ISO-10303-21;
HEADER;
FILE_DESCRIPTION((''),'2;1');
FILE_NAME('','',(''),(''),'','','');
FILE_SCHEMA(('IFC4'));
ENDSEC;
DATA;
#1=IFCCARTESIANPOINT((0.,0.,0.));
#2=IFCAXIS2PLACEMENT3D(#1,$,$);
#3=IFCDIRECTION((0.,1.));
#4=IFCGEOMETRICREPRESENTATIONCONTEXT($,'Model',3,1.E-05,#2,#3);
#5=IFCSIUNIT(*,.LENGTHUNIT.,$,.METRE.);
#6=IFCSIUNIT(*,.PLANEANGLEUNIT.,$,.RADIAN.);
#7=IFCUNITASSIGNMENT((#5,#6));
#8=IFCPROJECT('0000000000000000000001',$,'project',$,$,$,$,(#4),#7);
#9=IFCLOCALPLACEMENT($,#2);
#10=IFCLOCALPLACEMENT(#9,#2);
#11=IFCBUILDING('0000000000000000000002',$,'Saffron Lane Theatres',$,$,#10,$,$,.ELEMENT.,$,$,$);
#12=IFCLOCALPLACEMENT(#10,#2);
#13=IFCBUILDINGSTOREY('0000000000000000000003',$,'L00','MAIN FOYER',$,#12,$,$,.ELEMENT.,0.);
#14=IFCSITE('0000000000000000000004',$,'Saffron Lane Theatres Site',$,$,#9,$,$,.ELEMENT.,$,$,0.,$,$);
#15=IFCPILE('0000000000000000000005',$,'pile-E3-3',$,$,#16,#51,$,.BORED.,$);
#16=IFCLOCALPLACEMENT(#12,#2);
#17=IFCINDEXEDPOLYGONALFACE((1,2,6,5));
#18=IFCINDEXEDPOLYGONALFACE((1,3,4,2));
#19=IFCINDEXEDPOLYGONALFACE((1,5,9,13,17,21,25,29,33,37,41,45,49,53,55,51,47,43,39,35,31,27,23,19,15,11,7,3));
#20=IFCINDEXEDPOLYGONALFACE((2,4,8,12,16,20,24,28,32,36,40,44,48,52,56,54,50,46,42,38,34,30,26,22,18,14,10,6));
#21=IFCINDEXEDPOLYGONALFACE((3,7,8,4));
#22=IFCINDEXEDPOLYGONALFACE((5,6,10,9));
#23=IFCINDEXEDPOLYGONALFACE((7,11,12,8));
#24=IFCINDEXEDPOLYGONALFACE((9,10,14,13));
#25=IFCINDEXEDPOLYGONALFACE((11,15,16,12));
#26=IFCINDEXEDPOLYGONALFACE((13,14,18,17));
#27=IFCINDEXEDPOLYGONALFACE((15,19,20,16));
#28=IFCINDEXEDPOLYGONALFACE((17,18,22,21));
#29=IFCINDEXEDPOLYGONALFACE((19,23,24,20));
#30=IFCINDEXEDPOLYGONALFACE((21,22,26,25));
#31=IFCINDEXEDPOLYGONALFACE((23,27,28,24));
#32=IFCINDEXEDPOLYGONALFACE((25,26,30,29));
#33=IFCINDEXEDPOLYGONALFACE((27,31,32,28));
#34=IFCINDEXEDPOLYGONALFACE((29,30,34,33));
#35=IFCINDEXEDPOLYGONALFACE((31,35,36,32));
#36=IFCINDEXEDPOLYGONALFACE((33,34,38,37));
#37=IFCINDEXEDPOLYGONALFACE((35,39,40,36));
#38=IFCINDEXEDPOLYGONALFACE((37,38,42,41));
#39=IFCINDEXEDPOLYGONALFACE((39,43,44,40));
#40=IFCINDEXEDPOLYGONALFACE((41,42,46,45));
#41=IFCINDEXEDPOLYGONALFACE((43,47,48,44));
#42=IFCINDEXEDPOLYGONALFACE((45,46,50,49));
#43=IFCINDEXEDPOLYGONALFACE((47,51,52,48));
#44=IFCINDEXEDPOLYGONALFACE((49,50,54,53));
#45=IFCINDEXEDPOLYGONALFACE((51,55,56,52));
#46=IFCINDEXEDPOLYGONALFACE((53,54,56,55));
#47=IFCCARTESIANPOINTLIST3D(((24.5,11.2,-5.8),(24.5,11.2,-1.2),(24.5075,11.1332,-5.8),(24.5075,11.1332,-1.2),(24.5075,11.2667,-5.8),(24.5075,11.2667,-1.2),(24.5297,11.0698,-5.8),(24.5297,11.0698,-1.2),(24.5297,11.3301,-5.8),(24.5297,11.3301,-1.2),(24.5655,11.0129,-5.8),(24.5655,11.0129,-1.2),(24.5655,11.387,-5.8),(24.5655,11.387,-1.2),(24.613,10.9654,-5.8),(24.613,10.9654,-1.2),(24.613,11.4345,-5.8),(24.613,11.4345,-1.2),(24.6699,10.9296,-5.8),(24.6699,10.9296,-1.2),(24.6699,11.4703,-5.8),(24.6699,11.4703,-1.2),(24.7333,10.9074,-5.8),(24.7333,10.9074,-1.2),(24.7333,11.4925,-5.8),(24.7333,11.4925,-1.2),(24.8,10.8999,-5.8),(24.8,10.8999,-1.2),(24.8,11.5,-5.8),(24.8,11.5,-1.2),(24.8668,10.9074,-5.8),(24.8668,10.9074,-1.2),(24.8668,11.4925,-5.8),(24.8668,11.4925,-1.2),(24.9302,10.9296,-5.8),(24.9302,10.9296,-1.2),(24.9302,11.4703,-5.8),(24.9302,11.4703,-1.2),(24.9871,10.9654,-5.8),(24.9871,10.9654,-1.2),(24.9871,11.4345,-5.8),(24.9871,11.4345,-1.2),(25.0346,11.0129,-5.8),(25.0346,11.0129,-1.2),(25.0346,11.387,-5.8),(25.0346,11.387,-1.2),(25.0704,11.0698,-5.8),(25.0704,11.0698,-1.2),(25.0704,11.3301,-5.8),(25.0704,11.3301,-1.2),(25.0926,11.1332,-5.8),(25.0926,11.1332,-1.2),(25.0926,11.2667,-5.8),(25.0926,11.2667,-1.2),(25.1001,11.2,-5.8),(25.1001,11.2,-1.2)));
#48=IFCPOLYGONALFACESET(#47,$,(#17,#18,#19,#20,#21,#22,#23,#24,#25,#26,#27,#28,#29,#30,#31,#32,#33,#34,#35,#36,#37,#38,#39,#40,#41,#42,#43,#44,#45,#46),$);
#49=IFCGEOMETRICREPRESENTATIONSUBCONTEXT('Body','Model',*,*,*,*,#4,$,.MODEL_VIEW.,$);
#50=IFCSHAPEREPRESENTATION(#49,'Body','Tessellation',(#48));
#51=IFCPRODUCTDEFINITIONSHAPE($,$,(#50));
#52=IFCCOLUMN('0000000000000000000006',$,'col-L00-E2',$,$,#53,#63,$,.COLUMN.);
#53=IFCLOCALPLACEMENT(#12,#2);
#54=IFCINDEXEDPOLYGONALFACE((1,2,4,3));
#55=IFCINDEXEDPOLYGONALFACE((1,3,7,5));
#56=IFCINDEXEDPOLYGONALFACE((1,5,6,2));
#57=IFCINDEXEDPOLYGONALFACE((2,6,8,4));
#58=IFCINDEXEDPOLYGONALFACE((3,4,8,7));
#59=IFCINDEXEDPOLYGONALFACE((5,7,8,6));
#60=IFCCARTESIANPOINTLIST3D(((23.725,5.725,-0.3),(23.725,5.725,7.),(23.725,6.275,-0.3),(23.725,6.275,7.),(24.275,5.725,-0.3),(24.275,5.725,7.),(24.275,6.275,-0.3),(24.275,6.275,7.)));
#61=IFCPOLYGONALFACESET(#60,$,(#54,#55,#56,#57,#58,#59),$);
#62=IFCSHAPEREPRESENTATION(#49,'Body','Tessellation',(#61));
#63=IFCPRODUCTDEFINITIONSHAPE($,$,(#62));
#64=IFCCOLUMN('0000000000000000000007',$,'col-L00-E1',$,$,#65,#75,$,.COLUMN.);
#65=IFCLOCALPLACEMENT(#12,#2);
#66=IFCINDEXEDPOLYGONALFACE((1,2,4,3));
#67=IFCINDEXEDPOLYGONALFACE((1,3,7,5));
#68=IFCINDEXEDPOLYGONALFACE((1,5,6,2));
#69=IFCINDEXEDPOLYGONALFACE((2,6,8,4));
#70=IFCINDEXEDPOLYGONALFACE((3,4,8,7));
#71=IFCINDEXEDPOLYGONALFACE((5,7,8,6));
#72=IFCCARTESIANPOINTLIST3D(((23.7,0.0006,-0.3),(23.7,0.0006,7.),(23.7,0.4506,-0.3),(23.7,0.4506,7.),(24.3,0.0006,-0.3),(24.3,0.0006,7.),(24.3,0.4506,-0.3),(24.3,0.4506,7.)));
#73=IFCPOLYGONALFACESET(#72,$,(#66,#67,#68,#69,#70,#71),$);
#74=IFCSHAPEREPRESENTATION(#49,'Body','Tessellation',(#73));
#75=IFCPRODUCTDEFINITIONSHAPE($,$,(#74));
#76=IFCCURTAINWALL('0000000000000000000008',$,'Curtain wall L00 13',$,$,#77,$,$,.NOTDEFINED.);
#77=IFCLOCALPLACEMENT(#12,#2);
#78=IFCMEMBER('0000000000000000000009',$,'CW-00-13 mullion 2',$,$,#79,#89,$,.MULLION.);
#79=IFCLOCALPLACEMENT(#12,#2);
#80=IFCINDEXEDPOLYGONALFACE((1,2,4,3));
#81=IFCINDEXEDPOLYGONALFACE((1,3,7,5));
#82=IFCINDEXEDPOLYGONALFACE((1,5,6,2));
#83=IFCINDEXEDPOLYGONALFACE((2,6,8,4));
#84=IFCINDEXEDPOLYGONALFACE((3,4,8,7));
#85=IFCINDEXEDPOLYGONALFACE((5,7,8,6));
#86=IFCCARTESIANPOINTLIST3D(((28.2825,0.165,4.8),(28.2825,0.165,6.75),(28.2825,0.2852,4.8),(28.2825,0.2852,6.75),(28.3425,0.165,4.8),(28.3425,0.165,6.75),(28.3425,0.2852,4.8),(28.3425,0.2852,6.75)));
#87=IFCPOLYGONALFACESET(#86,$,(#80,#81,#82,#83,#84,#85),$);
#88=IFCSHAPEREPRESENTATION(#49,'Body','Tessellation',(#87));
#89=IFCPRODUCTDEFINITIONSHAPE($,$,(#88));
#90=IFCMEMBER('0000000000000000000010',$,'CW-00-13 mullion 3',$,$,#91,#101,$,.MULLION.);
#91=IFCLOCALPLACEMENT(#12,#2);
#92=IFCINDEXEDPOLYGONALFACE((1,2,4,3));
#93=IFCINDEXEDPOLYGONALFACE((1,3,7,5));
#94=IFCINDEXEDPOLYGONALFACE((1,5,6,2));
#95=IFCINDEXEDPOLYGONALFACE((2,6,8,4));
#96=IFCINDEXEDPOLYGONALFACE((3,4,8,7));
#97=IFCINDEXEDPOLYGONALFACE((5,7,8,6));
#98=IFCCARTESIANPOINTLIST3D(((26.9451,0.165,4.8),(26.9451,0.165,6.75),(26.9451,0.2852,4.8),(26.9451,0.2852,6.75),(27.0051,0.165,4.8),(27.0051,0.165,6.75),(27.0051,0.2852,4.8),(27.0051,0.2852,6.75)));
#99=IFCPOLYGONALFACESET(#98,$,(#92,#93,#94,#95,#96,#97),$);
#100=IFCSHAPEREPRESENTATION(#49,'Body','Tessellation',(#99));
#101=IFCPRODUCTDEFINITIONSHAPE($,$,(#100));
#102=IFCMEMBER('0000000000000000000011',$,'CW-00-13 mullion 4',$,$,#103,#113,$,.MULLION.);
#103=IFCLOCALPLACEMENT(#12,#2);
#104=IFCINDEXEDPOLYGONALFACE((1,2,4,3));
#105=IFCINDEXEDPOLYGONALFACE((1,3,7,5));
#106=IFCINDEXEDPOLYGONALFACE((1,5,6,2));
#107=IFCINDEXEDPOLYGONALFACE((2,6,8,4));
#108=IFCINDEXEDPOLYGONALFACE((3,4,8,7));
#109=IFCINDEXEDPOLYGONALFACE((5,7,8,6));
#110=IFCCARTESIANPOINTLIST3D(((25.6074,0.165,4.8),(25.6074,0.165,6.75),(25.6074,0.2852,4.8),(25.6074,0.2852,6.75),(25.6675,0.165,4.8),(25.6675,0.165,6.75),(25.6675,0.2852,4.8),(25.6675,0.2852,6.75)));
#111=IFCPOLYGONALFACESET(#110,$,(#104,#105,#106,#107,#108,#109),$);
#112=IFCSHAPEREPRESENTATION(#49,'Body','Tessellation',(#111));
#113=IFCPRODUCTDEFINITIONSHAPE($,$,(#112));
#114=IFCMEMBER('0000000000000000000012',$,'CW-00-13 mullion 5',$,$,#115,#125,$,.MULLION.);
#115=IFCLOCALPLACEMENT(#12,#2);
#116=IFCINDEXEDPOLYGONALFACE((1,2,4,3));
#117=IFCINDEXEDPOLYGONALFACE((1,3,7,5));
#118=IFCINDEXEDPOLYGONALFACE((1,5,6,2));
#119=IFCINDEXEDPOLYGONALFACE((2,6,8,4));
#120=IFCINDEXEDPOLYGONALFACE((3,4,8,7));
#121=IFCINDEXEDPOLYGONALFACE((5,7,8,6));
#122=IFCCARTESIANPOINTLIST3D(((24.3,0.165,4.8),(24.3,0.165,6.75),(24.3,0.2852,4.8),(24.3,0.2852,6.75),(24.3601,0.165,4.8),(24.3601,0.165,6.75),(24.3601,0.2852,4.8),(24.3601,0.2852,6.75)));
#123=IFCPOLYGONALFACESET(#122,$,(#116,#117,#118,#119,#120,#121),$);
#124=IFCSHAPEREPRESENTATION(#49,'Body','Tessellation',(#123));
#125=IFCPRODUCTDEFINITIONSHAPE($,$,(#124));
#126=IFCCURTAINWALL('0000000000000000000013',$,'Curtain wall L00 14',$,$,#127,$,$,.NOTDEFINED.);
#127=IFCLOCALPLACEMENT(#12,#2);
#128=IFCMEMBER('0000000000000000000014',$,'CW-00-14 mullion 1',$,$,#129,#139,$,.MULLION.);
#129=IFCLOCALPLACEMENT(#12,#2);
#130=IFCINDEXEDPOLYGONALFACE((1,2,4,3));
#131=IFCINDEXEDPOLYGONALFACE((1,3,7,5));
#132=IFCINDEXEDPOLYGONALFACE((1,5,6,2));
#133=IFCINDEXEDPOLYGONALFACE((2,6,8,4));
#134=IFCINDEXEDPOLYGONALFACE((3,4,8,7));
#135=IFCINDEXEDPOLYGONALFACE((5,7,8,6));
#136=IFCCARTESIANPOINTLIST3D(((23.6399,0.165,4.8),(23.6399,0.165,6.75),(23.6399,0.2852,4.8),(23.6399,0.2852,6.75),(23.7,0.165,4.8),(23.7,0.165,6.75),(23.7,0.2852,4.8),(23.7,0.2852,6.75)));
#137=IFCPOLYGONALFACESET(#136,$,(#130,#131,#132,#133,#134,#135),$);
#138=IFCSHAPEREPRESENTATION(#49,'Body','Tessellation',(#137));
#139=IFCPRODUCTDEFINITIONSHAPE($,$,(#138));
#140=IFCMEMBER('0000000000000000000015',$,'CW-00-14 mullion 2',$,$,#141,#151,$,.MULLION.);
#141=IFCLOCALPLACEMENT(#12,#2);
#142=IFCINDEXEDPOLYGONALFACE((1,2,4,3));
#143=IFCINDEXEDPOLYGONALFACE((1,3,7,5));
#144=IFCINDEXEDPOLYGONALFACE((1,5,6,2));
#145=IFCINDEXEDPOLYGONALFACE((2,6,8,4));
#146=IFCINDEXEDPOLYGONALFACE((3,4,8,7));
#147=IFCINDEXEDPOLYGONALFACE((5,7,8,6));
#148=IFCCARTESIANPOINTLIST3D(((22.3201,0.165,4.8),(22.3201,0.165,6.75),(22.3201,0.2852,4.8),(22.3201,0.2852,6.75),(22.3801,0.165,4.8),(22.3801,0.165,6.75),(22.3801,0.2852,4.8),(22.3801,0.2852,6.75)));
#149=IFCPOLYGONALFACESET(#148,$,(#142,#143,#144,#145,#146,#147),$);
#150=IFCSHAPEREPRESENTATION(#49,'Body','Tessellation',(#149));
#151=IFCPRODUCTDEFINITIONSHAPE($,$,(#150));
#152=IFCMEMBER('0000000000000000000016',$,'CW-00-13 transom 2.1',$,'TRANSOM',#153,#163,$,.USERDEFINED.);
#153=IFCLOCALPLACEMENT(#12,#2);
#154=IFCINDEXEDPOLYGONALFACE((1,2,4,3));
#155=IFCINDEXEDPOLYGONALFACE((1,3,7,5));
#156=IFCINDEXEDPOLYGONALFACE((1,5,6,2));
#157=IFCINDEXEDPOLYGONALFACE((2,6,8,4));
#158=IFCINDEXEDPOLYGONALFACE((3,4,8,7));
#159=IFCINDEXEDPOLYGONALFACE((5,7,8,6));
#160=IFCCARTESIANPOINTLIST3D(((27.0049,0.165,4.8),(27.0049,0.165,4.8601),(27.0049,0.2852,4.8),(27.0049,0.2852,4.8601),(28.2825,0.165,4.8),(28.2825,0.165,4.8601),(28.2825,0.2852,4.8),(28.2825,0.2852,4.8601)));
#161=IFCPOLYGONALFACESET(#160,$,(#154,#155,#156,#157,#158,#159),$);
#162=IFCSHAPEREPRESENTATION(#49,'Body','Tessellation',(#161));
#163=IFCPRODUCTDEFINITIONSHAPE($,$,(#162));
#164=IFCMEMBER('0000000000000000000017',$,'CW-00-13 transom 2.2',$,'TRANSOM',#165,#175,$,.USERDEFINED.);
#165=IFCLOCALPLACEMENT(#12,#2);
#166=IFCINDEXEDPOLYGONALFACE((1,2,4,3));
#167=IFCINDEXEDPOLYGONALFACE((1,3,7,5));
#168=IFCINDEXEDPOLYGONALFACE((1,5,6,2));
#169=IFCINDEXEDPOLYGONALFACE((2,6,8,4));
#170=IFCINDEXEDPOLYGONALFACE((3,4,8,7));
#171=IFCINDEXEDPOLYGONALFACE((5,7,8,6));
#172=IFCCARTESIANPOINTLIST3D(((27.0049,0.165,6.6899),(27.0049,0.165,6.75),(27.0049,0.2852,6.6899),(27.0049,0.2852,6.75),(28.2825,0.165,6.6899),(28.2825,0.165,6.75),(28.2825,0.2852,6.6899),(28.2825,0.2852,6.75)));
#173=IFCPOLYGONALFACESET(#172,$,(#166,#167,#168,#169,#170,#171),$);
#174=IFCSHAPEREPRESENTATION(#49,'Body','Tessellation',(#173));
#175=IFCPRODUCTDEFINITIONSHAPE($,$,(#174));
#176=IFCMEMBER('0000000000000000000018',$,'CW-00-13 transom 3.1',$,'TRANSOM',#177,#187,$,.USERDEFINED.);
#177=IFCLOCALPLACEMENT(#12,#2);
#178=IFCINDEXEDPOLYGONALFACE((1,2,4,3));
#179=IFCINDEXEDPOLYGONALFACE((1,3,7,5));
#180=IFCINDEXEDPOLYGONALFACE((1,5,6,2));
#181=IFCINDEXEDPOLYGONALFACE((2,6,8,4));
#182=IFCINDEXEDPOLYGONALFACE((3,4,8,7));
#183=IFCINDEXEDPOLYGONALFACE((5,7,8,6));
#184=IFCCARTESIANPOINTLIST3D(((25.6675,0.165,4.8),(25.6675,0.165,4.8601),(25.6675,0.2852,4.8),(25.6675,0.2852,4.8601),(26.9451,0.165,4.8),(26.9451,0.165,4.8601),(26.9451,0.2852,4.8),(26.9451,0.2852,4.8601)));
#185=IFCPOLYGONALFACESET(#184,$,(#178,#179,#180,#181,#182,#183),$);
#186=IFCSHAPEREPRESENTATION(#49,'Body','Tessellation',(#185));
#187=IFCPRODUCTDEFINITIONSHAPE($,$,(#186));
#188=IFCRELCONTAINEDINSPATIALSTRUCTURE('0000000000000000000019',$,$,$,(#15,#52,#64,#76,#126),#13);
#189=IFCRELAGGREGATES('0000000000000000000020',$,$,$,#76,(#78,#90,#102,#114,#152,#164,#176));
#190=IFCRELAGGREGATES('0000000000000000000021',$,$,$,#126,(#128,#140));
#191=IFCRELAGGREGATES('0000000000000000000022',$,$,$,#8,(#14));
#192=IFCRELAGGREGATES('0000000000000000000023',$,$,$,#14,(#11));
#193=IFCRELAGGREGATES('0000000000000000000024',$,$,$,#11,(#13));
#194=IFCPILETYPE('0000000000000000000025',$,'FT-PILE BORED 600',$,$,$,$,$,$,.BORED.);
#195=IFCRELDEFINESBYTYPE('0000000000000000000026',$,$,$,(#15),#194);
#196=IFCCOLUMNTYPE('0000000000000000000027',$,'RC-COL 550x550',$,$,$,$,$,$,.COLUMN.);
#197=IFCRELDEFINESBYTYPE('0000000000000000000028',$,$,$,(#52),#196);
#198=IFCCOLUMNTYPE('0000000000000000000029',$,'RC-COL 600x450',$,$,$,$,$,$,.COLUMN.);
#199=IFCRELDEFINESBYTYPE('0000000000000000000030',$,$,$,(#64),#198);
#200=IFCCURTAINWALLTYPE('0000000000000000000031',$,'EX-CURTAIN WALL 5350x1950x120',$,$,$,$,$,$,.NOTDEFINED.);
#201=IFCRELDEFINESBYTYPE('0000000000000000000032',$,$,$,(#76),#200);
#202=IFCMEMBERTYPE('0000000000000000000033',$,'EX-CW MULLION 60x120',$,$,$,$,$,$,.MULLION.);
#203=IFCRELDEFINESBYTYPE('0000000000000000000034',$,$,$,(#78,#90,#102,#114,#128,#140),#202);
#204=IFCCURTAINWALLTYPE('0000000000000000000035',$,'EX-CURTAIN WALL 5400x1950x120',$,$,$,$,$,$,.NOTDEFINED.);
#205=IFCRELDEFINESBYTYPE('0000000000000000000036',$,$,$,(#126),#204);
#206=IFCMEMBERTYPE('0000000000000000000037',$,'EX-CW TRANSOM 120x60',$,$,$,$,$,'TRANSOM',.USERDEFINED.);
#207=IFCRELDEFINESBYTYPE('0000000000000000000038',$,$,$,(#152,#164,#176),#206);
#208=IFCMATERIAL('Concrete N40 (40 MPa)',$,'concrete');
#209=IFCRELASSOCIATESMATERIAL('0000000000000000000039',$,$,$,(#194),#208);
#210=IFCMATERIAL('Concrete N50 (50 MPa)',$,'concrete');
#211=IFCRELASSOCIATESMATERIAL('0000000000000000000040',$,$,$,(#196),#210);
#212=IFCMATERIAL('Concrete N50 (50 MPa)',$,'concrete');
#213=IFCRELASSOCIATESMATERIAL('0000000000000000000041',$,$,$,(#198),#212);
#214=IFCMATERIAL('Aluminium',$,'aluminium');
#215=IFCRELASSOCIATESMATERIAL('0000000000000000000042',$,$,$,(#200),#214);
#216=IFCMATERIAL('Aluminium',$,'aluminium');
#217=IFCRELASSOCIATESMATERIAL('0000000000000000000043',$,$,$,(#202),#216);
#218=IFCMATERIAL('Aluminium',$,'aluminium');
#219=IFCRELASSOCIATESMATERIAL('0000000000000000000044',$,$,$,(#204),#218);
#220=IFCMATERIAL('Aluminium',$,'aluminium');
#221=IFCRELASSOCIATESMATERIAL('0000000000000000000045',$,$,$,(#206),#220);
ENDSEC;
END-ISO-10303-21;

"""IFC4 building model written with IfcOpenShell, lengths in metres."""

from ifc_helpers import new_model, si_unit, direction, frame, origin, origin_2d, place, context, subcontext, project, spatial, rectangle, circle, extrude, material, material_profile, profile_set, type_object, element, aggregate, save


model = new_model("IFC4")

# Units and contexts
model_context = context("Model", 3, precision=1e-05, world=origin(), true_north=direction((0.0, 1.0)))
body_context = subcontext(model_context, "Body", "Model", "MODEL_VIEW")
ifc_project = project(units=[si_unit("LENGTHUNIT", "METRE"), si_unit("PLANEANGLEUNIT", "RADIAN")], contexts=[model_context])

# Site, building, storey
site_placement = place(None, origin())
site = spatial("IfcSite", under=ifc_project, at=site_placement, Name="Saffron Lane Theatres Site", CompositionType="ELEMENT", RefElevation=0.0)
building_placement = place(site_placement, origin())
building = spatial("IfcBuilding", under=site, at=building_placement, Name="Saffron Lane Theatres", CompositionType="ELEMENT")
storey_placement = place(building_placement, origin())
storey = spatial("IfcBuildingStorey", under=building, at=storey_placement, Name="L00", Description="MAIN FOYER", CompositionType="ELEMENT", Elevation=0.0)

# Pile
ifc_material_1 = material(Name="Concrete N40 (40 MPa)", Category="concrete")
ifc_material_profile_1 = material_profile(ifc_material_1, circle(Radius=0.3, at=origin_2d()))
ifc_profile_set_1 = profile_set([ifc_material_profile_1], Name="Concrete N40 (40 MPa)")
pile_type = type_object("IfcPileType", Name="FT-PILE BORED 600", PredefinedType="BORED", material=ifc_profile_set_1)
for number, where, z_axis, x_axis, name in (
    (1, (24.8, 11.2, -1.2), (0.0, 0.0, -1.0), (1.0, 0.0, 0.0), "pile-E3-3"),
):
    element("IfcPile", number, at=place(storey_placement, frame(where, z_axis=z_axis, x_axis=x_axis)), inside=storey, type_object=pile_type, Name=name, PredefinedType="BORED", context=body_context, shape_type="SweptSolid", body=[
        extrude(circle(Radius=0.3, at=origin_2d()), origin(), (0.0, 0.0, 1.0), 4.6001),
    ])

# Columns
ifc_material_2 = material(Name="Concrete N50 (50 MPa)", Category="concrete")
ifc_material_profile_2 = material_profile(ifc_material_2, rectangle(XDim=0.55, YDim=0.55, at=origin_2d()))
ifc_profile_set_2 = profile_set([ifc_material_profile_2], Name="Concrete N50 (50 MPa)")
column_type_1 = type_object("IfcColumnType", Name="RC-COL 550x550", PredefinedType="COLUMN", material=ifc_profile_set_2)
column_1_placement = place(storey_placement, frame((24.0, 6.0, -0.3), z_axis=(0.0, 0.0, 1.0), x_axis=(1.0, 0.0, 0.0)))
element("IfcColumn", 2, at=column_1_placement, inside=storey, type_object=column_type_1, Name="col-L00-E2", PredefinedType="COLUMN", context=body_context, shape_type="SweptSolid", body=[
    extrude(rectangle(XDim=0.55, YDim=0.55, at=origin_2d()), origin(), (0.0, 0.0, 1.0), 7.3),
])
ifc_material_3 = material(Name="Concrete N50 (50 MPa)", Category="concrete")
ifc_material_profile_3 = material_profile(ifc_material_3, rectangle(XDim=0.6001, YDim=0.45, at=origin_2d()))
ifc_profile_set_3 = profile_set([ifc_material_profile_3], Name="Concrete N50 (50 MPa)")
column_type_2 = type_object("IfcColumnType", Name="RC-COL 600x450", PredefinedType="COLUMN", material=ifc_profile_set_3)
column_2_placement = place(storey_placement, frame((24.0, 0.2256, -0.3), z_axis=(0.0, 0.0, 1.0), x_axis=(1.0, 0.0, 0.0)))
element("IfcColumn", 3, at=column_2_placement, inside=storey, type_object=column_type_2, Name="col-L00-E1", PredefinedType="COLUMN", context=body_context, shape_type="SweptSolid", body=[
    extrude(rectangle(XDim=0.6001, YDim=0.45, at=origin_2d()), origin(), (0.0, 0.0, 1.0), 7.3),
])

# Curtain walls, members
ifc_material_4 = material(Name="Aluminium", Category="aluminium")
curtain_wall_type_1 = type_object("IfcCurtainWallType", Name="EX-CURTAIN WALL 5350x1950x120", PredefinedType="NOTDEFINED", material=ifc_material_4)
curtain_wall_1_placement = place(storey_placement, origin())
curtain_wall_1 = element("IfcCurtainWall", 4, at=curtain_wall_1_placement, inside=storey, type_object=curtain_wall_type_1, Name="Curtain wall L00 13", PredefinedType="NOTDEFINED")
ifc_material_5 = material(Name="Aluminium", Category="aluminium")
ifc_material_profile_4 = material_profile(ifc_material_5, rectangle(XDim=0.0601, YDim=0.1201, at=origin_2d()))
ifc_profile_set_4 = profile_set([ifc_material_profile_4], Name="Aluminium")
member_type_1 = type_object("IfcMemberType", Name="EX-CW MULLION 60x120", PredefinedType="MULLION", material=ifc_profile_set_4)
member_1_placement = place(storey_placement, frame((28.3125, 0.2251, 4.8), z_axis=(0.0, 0.0, 1.0), x_axis=(-1.0, 0.0, 0.0)))
member_1 = element("IfcMember", 5, at=member_1_placement, type_object=member_type_1, Name="CW-00-13 mullion 2", PredefinedType="MULLION", context=body_context, shape_type="SweptSolid", body=[
    extrude(rectangle(XDim=0.0601, YDim=0.1201, at=origin_2d()), origin(), (0.0, 0.0, 1.0), 1.95),
])
member_2_placement = place(storey_placement, frame((26.9751, 0.2251, 4.8), z_axis=(0.0, 0.0, 1.0), x_axis=(-1.0, 0.0, 0.0)))
member_2 = element("IfcMember", 6, at=member_2_placement, type_object=member_type_1, Name="CW-00-13 mullion 3", PredefinedType="MULLION", context=body_context, shape_type="SweptSolid", body=[
    extrude(rectangle(XDim=0.0601, YDim=0.1201, at=origin_2d()), origin(), (0.0, 0.0, 1.0), 1.95),
])
member_3_placement = place(storey_placement, frame((25.6375, 0.2251, 4.8), z_axis=(0.0, 0.0, 1.0), x_axis=(-1.0, 0.0, 0.0)))
member_3 = element("IfcMember", 7, at=member_3_placement, type_object=member_type_1, Name="CW-00-13 mullion 4", PredefinedType="MULLION", context=body_context, shape_type="SweptSolid", body=[
    extrude(rectangle(XDim=0.0601, YDim=0.1201, at=origin_2d()), origin(), (0.0, 0.0, 1.0), 1.95),
])
member_4_placement = place(storey_placement, frame((24.3301, 0.2251, 4.8), z_axis=(0.0, 0.0, 1.0), x_axis=(-1.0, 0.0, 0.0)))
member_4 = element("IfcMember", 8, at=member_4_placement, type_object=member_type_1, Name="CW-00-13 mullion 5", PredefinedType="MULLION", context=body_context, shape_type="SweptSolid", body=[
    extrude(rectangle(XDim=0.0601, YDim=0.1201, at=origin_2d()), origin(), (0.0, 0.0, 1.0), 1.95),
])
ifc_material_6 = material(Name="Aluminium", Category="aluminium")
curtain_wall_type_2 = type_object("IfcCurtainWallType", Name="EX-CURTAIN WALL 5400x1950x120", PredefinedType="NOTDEFINED", material=ifc_material_6)
curtain_wall_2_placement = place(storey_placement, origin())
curtain_wall_2 = element("IfcCurtainWall", 9, at=curtain_wall_2_placement, inside=storey, type_object=curtain_wall_type_2, Name="Curtain wall L00 14", PredefinedType="NOTDEFINED")
member_5_placement = place(storey_placement, frame((23.6699, 0.2251, 4.8), z_axis=(0.0, 0.0, 1.0), x_axis=(-1.0, 0.0, 0.0)))
member_5 = element("IfcMember", 10, at=member_5_placement, type_object=member_type_1, Name="CW-00-14 mullion 1", PredefinedType="MULLION", context=body_context, shape_type="SweptSolid", body=[
    extrude(rectangle(XDim=0.0601, YDim=0.1201, at=origin_2d()), origin(), (0.0, 0.0, 1.0), 1.95),
])
member_6_placement = place(storey_placement, frame((22.3501, 0.2251, 4.8), z_axis=(0.0, 0.0, 1.0), x_axis=(-1.0, 0.0, 0.0)))
member_6 = element("IfcMember", 11, at=member_6_placement, type_object=member_type_1, Name="CW-00-14 mullion 2", PredefinedType="MULLION", context=body_context, shape_type="SweptSolid", body=[
    extrude(rectangle(XDim=0.0601, YDim=0.1201, at=origin_2d()), origin(), (0.0, 0.0, 1.0), 1.95),
])

# Members
ifc_material_7 = material(Name="Aluminium", Category="aluminium")
ifc_material_profile_5 = material_profile(ifc_material_7, rectangle(XDim=0.1201, YDim=0.0601, at=origin_2d()))
ifc_profile_set_5 = profile_set([ifc_material_profile_5], Name="Aluminium")
member_type_2 = type_object("IfcMemberType", Name="EX-CW TRANSOM 120x60", ElementType="TRANSOM", PredefinedType="USERDEFINED", material=ifc_profile_set_5)
member_7_placement = place(storey_placement, frame((28.2825, 0.2251, 4.8301), z_axis=(-1.0, 0.0, 0.0), x_axis=(0.0, -1.0, 0.0)))
member_7 = element("IfcMember", 12, at=member_7_placement, type_object=member_type_2, Name="CW-00-13 transom 2.1", ObjectType="TRANSOM", PredefinedType="USERDEFINED", context=body_context, shape_type="SweptSolid", body=[
    extrude(rectangle(XDim=0.1201, YDim=0.0601, at=origin_2d()), origin(), (0.0, 0.0, 1.0), 1.2776),
])
member_8_placement = place(storey_placement, frame((28.2825, 0.2251, 6.72), z_axis=(-1.0, 0.0, 0.0), x_axis=(0.0, -1.0, 0.0)))
member_8 = element("IfcMember", 13, at=member_8_placement, type_object=member_type_2, Name="CW-00-13 transom 2.2", ObjectType="TRANSOM", PredefinedType="USERDEFINED", context=body_context, shape_type="SweptSolid", body=[
    extrude(rectangle(XDim=0.1201, YDim=0.0601, at=origin_2d()), origin(), (0.0, 0.0, 1.0), 1.2776),
])
member_9_placement = place(storey_placement, frame((26.9451, 0.2251, 4.8301), z_axis=(-1.0, 0.0, 0.0), x_axis=(0.0, -1.0, 0.0)))
member_9 = element("IfcMember", 14, at=member_9_placement, type_object=member_type_2, Name="CW-00-13 transom 3.1", ObjectType="TRANSOM", PredefinedType="USERDEFINED", context=body_context, shape_type="SweptSolid", body=[
    extrude(rectangle(XDim=0.1201, YDim=0.0601, at=origin_2d()), origin(), (0.0, 0.0, 1.0), 1.2776),
])

aggregate(curtain_wall_1, [member_1, member_2, member_3, member_4, member_7, member_8, member_9])
aggregate(curtain_wall_2, [member_5, member_6])

save(model, "model.ifc")
